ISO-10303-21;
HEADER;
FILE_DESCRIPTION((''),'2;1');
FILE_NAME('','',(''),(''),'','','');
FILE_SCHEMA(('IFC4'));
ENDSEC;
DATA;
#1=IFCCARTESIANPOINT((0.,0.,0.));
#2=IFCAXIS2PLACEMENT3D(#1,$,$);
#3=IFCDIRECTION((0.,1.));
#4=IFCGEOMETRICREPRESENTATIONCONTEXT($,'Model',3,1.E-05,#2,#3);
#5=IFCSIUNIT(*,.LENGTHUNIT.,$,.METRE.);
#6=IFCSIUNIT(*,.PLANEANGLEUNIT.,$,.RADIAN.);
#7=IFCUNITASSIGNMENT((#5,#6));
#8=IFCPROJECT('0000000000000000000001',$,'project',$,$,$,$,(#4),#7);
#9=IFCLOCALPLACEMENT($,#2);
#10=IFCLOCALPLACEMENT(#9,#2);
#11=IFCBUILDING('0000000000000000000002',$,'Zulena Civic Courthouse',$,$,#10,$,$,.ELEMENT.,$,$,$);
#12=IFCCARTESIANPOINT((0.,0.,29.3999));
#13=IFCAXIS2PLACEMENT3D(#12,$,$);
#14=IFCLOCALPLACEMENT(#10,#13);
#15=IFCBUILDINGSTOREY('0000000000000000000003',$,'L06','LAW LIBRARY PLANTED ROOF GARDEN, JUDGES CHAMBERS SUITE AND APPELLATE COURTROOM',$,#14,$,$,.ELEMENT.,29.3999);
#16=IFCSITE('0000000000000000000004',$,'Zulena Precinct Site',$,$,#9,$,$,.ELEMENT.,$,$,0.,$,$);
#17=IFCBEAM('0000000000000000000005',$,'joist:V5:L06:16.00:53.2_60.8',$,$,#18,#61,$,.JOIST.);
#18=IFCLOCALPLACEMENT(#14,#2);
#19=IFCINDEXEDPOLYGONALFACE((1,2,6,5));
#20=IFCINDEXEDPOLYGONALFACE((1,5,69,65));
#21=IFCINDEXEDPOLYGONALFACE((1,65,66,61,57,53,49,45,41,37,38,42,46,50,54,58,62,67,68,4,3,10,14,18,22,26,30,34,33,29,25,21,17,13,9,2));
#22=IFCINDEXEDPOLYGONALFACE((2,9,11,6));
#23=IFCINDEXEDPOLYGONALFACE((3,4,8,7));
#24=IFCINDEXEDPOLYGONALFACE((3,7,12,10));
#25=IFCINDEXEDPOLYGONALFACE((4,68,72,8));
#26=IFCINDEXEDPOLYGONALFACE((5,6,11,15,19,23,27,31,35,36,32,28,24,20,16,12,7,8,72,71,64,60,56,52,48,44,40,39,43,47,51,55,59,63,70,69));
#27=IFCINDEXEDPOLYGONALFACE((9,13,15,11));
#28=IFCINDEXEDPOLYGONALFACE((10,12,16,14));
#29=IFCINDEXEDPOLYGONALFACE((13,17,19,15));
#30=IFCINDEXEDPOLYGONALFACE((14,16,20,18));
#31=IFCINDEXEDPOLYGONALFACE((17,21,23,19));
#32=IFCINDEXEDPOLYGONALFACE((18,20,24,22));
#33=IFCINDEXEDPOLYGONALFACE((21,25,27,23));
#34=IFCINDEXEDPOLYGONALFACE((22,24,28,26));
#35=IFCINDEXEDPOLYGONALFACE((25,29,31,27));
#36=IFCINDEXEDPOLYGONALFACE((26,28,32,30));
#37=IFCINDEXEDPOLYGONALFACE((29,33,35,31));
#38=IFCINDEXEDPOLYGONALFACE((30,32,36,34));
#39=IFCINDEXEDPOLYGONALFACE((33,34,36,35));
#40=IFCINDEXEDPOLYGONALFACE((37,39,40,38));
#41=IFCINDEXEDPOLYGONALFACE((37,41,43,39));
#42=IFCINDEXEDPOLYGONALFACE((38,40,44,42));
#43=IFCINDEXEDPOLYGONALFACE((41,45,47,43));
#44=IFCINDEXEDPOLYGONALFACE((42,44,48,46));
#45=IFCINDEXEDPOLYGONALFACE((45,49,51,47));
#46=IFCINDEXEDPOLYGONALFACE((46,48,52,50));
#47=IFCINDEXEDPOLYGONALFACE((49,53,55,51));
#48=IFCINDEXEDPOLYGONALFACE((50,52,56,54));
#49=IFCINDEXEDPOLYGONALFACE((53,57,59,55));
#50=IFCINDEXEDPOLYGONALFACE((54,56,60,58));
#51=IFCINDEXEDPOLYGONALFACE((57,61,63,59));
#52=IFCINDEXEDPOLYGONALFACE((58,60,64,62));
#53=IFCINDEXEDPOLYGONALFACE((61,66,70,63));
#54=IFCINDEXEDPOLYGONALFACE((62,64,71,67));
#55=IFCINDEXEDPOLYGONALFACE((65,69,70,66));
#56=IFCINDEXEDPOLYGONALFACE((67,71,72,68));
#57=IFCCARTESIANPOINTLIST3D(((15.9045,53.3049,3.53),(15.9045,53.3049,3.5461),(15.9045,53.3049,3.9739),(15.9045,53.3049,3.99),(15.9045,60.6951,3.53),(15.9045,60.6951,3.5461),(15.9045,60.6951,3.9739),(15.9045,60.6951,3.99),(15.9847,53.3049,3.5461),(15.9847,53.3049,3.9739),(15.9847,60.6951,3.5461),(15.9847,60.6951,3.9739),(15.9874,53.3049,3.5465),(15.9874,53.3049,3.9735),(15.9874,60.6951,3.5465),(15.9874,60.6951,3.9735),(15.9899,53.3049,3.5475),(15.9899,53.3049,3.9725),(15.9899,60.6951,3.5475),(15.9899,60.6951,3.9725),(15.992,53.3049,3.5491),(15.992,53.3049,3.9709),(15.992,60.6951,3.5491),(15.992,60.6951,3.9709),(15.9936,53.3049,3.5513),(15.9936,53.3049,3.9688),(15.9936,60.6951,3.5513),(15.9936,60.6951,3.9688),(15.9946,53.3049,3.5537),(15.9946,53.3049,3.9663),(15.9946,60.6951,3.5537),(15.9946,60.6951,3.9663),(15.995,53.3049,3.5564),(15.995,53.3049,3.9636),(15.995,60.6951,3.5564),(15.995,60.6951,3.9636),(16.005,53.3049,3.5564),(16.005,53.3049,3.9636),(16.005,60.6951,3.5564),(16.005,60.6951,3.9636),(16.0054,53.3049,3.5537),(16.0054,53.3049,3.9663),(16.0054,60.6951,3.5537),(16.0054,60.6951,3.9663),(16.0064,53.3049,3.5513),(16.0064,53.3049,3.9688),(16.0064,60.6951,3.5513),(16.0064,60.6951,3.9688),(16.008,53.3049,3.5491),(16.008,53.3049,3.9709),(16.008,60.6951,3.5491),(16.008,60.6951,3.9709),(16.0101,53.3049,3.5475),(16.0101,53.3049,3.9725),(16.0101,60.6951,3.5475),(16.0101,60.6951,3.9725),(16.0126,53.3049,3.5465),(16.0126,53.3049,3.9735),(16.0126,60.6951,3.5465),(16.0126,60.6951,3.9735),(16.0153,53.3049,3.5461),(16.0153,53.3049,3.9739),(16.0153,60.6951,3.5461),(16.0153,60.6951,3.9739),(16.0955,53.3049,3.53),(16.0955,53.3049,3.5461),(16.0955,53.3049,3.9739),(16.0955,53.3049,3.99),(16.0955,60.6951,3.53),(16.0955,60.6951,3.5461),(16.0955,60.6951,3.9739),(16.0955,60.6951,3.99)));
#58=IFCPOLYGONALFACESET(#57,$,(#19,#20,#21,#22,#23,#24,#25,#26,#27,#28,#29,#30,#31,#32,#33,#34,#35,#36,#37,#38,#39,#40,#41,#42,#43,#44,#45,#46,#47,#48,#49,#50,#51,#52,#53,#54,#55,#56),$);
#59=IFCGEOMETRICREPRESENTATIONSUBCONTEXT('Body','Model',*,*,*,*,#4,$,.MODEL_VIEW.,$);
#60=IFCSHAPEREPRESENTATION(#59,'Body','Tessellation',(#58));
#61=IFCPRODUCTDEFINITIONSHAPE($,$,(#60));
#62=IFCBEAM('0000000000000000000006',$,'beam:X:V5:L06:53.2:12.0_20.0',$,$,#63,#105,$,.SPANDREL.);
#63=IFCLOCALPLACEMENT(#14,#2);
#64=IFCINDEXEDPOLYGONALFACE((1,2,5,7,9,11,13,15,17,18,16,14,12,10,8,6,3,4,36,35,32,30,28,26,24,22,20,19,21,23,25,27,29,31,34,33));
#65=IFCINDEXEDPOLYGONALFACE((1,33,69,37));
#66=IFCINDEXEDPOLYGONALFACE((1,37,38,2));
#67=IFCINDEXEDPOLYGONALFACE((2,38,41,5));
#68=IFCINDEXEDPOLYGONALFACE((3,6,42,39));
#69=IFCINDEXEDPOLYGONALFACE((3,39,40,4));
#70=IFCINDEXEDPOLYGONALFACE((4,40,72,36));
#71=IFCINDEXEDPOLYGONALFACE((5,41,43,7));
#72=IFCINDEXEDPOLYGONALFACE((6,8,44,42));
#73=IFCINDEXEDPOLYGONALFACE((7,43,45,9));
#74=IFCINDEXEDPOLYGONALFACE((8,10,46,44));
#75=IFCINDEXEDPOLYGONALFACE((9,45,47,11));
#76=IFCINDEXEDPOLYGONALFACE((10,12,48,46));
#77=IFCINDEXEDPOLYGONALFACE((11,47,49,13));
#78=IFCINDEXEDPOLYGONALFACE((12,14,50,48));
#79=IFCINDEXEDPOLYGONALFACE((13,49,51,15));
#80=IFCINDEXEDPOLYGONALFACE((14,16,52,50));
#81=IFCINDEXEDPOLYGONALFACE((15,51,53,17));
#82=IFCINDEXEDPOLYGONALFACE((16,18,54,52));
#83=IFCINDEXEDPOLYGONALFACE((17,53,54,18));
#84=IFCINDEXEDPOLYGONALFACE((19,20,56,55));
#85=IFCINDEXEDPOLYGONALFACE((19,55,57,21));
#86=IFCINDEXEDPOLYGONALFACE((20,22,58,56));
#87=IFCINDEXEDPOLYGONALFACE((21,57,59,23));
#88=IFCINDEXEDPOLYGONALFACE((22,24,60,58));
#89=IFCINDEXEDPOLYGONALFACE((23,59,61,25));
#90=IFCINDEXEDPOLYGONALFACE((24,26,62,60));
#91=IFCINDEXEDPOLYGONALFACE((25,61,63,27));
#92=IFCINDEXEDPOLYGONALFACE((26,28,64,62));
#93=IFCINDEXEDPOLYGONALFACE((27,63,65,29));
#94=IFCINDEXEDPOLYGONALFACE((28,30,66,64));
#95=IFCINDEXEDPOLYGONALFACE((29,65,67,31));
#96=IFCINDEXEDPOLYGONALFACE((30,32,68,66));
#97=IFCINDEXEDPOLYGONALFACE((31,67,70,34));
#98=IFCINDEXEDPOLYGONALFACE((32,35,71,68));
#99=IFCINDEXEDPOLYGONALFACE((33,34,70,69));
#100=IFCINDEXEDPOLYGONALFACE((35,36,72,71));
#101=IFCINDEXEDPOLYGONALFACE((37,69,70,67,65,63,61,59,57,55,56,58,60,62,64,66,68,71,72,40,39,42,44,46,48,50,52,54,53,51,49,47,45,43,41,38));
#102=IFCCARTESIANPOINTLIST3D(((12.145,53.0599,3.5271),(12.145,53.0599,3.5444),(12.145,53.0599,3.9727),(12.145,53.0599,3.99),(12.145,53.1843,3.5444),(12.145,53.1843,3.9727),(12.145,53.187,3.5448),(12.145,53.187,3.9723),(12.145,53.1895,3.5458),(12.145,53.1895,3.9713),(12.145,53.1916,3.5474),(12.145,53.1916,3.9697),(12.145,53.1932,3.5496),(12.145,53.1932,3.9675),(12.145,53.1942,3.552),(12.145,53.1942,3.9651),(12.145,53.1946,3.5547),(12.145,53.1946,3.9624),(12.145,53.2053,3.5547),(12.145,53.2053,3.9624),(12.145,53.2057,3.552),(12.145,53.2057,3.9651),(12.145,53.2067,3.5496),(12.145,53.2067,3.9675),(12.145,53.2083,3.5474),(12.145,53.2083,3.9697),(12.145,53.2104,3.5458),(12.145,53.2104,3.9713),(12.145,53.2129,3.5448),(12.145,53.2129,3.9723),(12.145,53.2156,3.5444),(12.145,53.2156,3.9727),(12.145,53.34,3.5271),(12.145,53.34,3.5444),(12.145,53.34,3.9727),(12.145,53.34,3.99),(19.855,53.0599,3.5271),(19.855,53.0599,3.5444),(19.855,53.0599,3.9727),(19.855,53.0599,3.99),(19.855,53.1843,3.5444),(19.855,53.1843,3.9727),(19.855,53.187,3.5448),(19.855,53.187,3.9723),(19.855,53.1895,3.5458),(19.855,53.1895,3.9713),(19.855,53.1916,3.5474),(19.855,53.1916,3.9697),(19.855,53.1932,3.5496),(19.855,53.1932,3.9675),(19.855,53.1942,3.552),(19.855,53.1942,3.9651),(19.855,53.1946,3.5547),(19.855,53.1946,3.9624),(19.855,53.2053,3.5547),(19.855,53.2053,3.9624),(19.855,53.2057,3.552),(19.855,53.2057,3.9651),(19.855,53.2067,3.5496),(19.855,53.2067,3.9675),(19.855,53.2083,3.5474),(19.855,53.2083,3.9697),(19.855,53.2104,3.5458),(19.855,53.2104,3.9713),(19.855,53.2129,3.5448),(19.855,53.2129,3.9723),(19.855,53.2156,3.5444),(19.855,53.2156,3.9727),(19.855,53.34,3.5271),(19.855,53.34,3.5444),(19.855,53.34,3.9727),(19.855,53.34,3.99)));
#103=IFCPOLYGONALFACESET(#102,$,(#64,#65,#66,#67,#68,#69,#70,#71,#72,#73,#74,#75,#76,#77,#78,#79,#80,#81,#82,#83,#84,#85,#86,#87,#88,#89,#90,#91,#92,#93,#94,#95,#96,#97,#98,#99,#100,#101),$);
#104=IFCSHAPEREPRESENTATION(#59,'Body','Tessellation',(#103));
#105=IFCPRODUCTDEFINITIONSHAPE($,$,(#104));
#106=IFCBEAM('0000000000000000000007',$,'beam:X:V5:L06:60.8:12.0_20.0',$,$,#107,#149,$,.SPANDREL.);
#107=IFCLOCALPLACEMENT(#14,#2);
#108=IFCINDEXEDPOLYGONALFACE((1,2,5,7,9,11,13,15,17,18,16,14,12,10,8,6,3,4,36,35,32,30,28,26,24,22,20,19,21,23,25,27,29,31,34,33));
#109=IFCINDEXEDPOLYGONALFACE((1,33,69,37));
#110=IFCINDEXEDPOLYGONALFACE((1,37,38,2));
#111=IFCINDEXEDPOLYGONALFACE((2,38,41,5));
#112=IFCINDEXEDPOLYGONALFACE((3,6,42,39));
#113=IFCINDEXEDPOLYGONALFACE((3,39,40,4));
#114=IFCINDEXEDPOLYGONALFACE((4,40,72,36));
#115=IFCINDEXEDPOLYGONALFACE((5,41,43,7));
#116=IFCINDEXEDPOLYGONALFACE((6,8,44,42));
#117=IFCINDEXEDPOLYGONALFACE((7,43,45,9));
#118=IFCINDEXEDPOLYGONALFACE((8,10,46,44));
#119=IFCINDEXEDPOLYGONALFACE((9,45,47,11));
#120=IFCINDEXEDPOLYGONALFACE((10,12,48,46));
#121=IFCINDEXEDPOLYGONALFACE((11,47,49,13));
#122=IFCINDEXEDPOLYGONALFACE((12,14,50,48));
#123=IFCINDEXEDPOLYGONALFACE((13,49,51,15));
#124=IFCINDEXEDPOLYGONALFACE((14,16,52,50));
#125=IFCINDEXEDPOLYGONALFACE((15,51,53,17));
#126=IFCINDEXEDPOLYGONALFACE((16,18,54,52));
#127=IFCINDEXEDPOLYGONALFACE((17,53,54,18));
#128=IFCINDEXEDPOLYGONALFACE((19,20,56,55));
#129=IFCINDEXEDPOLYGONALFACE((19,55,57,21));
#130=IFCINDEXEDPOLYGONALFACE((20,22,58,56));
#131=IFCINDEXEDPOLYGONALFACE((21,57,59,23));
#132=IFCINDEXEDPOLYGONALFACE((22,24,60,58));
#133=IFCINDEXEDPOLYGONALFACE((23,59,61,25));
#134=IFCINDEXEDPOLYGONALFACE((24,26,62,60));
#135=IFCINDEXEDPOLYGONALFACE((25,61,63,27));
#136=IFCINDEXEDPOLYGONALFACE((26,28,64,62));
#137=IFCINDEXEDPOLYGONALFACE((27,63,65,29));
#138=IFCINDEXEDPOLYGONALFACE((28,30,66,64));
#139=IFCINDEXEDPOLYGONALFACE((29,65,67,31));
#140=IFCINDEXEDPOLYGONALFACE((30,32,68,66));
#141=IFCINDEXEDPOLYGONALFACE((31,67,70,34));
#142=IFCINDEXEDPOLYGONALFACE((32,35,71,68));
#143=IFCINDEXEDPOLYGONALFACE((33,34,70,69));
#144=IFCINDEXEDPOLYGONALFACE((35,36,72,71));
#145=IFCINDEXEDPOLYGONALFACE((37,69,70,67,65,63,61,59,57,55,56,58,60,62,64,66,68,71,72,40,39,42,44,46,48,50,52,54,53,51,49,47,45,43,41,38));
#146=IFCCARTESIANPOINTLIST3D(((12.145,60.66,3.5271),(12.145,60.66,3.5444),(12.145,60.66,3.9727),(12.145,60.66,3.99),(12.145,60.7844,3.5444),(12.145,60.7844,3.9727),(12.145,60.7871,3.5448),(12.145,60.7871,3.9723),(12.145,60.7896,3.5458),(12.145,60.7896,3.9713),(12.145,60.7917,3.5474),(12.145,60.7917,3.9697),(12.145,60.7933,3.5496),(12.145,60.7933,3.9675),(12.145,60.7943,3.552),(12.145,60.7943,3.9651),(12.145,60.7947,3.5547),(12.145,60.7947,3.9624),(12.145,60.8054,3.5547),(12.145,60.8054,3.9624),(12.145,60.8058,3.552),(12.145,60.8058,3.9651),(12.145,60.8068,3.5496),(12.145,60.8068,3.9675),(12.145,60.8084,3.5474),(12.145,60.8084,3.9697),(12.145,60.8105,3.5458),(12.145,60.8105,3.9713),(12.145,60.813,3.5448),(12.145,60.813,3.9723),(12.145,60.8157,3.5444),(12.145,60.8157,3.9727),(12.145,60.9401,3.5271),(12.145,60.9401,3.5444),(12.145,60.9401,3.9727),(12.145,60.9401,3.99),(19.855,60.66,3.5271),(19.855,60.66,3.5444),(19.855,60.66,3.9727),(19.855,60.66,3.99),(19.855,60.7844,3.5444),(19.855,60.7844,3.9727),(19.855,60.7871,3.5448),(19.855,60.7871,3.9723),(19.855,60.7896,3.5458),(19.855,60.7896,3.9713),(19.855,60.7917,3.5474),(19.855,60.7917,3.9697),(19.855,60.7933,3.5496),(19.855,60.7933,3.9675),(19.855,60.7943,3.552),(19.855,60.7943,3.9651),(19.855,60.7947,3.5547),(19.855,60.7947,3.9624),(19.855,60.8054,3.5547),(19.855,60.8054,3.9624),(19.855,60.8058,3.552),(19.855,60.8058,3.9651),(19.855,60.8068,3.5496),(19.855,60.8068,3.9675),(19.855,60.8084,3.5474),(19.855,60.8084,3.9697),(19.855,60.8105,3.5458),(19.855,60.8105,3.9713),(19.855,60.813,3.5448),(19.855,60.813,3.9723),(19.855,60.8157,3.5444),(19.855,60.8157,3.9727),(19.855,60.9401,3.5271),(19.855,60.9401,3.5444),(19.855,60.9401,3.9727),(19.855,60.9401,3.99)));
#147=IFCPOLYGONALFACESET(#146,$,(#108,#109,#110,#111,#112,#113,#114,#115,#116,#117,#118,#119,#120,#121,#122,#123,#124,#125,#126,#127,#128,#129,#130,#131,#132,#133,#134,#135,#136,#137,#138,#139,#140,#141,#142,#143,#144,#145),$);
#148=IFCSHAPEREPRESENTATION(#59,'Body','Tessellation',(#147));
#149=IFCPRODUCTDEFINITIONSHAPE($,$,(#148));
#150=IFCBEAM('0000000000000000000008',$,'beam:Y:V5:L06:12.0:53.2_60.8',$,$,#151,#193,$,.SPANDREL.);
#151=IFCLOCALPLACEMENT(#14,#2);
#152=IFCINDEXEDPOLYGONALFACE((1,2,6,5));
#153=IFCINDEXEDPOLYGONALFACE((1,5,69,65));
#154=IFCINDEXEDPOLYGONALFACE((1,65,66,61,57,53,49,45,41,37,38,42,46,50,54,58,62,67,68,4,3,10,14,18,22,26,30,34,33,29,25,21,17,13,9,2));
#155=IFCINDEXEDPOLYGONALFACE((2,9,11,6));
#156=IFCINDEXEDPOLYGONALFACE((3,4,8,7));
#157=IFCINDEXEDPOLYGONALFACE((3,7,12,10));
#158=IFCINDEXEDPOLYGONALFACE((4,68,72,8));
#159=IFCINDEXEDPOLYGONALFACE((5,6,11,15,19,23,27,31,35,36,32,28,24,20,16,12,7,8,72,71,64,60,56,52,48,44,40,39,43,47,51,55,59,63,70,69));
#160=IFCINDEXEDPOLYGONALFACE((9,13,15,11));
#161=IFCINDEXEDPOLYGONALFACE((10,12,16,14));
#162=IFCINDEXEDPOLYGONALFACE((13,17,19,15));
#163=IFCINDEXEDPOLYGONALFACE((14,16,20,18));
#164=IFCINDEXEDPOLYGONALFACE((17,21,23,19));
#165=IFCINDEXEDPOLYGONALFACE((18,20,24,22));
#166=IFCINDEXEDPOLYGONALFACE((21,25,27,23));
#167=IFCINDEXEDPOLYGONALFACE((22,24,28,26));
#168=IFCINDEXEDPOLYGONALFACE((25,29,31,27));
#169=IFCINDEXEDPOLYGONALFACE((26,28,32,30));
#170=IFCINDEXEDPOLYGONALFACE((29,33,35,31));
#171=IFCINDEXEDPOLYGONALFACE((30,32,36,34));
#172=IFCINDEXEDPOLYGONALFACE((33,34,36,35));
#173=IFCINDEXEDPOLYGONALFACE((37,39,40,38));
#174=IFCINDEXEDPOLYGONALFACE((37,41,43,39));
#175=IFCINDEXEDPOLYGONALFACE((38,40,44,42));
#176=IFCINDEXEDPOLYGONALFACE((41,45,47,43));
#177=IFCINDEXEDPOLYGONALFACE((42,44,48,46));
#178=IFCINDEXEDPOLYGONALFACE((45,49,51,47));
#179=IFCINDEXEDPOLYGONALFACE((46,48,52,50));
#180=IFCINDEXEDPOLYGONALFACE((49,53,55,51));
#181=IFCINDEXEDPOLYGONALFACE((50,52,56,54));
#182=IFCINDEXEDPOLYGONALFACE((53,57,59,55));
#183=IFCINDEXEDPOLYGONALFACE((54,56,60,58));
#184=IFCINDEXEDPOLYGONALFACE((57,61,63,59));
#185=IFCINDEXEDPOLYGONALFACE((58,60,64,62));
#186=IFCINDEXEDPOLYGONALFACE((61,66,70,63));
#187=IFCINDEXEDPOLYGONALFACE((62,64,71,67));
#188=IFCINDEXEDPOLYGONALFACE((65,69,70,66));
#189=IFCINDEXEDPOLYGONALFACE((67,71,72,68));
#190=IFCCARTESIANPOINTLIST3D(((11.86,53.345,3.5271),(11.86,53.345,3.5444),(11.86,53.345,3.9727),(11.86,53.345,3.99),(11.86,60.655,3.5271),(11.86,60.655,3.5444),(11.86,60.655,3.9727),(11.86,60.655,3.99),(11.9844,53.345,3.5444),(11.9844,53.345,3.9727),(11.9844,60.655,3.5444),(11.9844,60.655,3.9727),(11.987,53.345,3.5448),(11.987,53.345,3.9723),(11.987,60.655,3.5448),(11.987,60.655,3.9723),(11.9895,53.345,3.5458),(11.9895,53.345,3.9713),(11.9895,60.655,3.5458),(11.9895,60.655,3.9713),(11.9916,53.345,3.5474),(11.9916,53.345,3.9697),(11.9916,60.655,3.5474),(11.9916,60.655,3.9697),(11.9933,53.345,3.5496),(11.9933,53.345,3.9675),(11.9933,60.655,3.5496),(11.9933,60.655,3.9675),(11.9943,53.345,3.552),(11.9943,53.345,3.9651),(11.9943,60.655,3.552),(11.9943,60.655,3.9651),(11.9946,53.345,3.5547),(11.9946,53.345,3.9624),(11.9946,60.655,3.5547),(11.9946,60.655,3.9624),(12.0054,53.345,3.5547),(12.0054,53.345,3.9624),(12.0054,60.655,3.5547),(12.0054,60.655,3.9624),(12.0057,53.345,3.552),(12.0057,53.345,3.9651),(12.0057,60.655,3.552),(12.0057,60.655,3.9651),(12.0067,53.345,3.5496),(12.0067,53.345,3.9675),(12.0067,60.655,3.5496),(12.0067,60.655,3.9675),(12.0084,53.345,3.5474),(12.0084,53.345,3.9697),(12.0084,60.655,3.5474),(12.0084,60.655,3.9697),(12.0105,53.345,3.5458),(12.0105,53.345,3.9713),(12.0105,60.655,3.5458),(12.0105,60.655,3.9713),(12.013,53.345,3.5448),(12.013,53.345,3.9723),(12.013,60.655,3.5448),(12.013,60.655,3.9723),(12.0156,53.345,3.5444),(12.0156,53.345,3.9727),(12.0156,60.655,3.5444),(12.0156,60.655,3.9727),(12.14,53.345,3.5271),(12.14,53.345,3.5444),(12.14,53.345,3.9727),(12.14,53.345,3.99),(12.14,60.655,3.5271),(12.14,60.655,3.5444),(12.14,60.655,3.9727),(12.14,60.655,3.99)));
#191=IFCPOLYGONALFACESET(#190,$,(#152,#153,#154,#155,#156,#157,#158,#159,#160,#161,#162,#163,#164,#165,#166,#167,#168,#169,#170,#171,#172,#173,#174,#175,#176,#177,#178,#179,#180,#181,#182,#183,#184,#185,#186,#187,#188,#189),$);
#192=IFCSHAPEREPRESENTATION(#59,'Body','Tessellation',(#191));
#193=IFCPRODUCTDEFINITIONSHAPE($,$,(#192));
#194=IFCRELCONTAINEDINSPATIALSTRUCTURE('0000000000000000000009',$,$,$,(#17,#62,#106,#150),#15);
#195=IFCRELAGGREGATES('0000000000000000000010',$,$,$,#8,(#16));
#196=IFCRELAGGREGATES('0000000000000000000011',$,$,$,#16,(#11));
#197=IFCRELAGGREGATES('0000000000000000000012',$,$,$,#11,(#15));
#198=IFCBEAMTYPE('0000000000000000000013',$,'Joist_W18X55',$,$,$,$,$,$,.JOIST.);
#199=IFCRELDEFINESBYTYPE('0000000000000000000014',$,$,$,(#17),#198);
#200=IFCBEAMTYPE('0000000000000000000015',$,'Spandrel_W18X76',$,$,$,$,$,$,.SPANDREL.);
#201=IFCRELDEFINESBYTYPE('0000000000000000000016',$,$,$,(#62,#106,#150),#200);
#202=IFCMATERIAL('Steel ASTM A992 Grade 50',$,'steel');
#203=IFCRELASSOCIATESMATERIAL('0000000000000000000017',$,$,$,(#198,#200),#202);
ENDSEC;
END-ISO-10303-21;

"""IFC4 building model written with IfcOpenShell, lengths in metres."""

from ifc_helpers import new_model, si_unit, direction, frame, origin, origin_2d, place, context, subcontext, project, spatial, i_section, extrude, material, material_profile, profile_set, type_object, element, save


model = new_model("IFC4")

# Units and contexts
model_context = context("Model", 3, precision=1e-05, world=origin(), true_north=direction((0.0, 1.0)))
body_context = subcontext(model_context, "Body", "Model", "MODEL_VIEW")
ifc_project = project(units=[si_unit("LENGTHUNIT", "METRE"), si_unit("PLANEANGLEUNIT", "RADIAN")], contexts=[model_context])

# Site, building, storey
site_placement = place(None, origin())
site = spatial("IfcSite", under=ifc_project, at=site_placement, Name="Zulena Precinct Site", CompositionType="ELEMENT", RefElevation=0.0)
building_placement = place(site_placement, origin())
building = spatial("IfcBuilding", under=site, at=building_placement, Name="Zulena Civic Courthouse", CompositionType="ELEMENT")
storey_placement = place(building_placement, frame((0.0, 0.0, 29.3999)))
storey = spatial("IfcBuildingStorey", under=building, at=storey_placement, Name="L06", Description="LAW LIBRARY PLANTED ROOF GARDEN, JUDGES CHAMBERS SUITE AND APPELLATE COURTROOM", CompositionType="ELEMENT", Elevation=29.3999)

# Shared definitions
ifc_material_1 = material(Name="Steel ASTM A992 Grade 50", Category="steel")

# Beams
ifc_material_profile_1 = material_profile(ifc_material_1, i_section(OverallWidth=0.1909, OverallDepth=0.46, WebThickness=0.01, FlangeThickness=0.0161, FilletRadius=0.0103, at=origin_2d()), Name="W18X55")
ifc_profile_set_1 = profile_set([ifc_material_profile_1], Name="Steel ASTM A992 Grade 50")
beam_type_1 = type_object("IfcBeamType", Name="Joist_W18X55", PredefinedType="JOIST", material=ifc_profile_set_1)
beam_1_placement = place(storey_placement, frame((16.0, 53.3049, 3.76), z_axis=(0.0, 1.0, 0.0), x_axis=(-1.0, 0.0, 0.0)))
element("IfcBeam", 1, at=beam_1_placement, inside=storey, type_object=beam_type_1, Name="joist:V5:L06:16.00:53.2_60.8", PredefinedType="JOIST", context=body_context, shape_type="SweptSolid", body=[
    extrude(i_section(OverallWidth=0.1909, OverallDepth=0.46, WebThickness=0.01, FlangeThickness=0.0161, FilletRadius=0.0103, at=origin_2d()), origin(), (0.0, 0.0, 1.0), 7.3901),
])
ifc_material_profile_2 = material_profile(ifc_material_1, i_section(OverallWidth=0.28, OverallDepth=0.4629, WebThickness=0.0107, FlangeThickness=0.0173, FilletRadius=0.0103, at=origin_2d()), Name="W18X76")
ifc_profile_set_2 = profile_set([ifc_material_profile_2], Name="Steel ASTM A992 Grade 50")
beam_type_2 = type_object("IfcBeamType", Name="Spandrel_W18X76", PredefinedType="SPANDREL", material=ifc_profile_set_2)
for number, where, z_axis, x_axis, name in (
    (2, (12.145, 53.2, 3.7585), (1.0, 0.0, 0.0), (0.0, 1.0, 0.0), "beam:X:V5:L06:53.2:12.0_20.0"),
    (3, (12.145, 60.8, 3.7585), (1.0, 0.0, 0.0), (0.0, 1.0, 0.0), "beam:X:V5:L06:60.8:12.0_20.0"),
):
    element("IfcBeam", number, at=place(storey_placement, frame(where, z_axis=z_axis, x_axis=x_axis)), inside=storey, type_object=beam_type_2, Name=name, PredefinedType="SPANDREL", context=body_context, shape_type="SweptSolid", body=[
        extrude(i_section(OverallWidth=0.28, OverallDepth=0.4629, WebThickness=0.0107, FlangeThickness=0.0173, FilletRadius=0.0103, at=origin_2d()), origin(), (0.0, 0.0, 1.0), 7.71),
    ])
beam_2_placement = place(storey_placement, frame((12.0, 53.345, 3.7585), z_axis=(0.0, 1.0, 0.0), x_axis=(-1.0, 0.0, 0.0)))
element("IfcBeam", 4, at=beam_2_placement, inside=storey, type_object=beam_type_2, Name="beam:Y:V5:L06:12.0:53.2_60.8", PredefinedType="SPANDREL", context=body_context, shape_type="SweptSolid", body=[
    extrude(i_section(OverallWidth=0.28, OverallDepth=0.4629, WebThickness=0.0107, FlangeThickness=0.0173, FilletRadius=0.0103, at=origin_2d()), origin(), (0.0, 0.0, 1.0), 7.3101),
])

save(model, "model.ifc")
